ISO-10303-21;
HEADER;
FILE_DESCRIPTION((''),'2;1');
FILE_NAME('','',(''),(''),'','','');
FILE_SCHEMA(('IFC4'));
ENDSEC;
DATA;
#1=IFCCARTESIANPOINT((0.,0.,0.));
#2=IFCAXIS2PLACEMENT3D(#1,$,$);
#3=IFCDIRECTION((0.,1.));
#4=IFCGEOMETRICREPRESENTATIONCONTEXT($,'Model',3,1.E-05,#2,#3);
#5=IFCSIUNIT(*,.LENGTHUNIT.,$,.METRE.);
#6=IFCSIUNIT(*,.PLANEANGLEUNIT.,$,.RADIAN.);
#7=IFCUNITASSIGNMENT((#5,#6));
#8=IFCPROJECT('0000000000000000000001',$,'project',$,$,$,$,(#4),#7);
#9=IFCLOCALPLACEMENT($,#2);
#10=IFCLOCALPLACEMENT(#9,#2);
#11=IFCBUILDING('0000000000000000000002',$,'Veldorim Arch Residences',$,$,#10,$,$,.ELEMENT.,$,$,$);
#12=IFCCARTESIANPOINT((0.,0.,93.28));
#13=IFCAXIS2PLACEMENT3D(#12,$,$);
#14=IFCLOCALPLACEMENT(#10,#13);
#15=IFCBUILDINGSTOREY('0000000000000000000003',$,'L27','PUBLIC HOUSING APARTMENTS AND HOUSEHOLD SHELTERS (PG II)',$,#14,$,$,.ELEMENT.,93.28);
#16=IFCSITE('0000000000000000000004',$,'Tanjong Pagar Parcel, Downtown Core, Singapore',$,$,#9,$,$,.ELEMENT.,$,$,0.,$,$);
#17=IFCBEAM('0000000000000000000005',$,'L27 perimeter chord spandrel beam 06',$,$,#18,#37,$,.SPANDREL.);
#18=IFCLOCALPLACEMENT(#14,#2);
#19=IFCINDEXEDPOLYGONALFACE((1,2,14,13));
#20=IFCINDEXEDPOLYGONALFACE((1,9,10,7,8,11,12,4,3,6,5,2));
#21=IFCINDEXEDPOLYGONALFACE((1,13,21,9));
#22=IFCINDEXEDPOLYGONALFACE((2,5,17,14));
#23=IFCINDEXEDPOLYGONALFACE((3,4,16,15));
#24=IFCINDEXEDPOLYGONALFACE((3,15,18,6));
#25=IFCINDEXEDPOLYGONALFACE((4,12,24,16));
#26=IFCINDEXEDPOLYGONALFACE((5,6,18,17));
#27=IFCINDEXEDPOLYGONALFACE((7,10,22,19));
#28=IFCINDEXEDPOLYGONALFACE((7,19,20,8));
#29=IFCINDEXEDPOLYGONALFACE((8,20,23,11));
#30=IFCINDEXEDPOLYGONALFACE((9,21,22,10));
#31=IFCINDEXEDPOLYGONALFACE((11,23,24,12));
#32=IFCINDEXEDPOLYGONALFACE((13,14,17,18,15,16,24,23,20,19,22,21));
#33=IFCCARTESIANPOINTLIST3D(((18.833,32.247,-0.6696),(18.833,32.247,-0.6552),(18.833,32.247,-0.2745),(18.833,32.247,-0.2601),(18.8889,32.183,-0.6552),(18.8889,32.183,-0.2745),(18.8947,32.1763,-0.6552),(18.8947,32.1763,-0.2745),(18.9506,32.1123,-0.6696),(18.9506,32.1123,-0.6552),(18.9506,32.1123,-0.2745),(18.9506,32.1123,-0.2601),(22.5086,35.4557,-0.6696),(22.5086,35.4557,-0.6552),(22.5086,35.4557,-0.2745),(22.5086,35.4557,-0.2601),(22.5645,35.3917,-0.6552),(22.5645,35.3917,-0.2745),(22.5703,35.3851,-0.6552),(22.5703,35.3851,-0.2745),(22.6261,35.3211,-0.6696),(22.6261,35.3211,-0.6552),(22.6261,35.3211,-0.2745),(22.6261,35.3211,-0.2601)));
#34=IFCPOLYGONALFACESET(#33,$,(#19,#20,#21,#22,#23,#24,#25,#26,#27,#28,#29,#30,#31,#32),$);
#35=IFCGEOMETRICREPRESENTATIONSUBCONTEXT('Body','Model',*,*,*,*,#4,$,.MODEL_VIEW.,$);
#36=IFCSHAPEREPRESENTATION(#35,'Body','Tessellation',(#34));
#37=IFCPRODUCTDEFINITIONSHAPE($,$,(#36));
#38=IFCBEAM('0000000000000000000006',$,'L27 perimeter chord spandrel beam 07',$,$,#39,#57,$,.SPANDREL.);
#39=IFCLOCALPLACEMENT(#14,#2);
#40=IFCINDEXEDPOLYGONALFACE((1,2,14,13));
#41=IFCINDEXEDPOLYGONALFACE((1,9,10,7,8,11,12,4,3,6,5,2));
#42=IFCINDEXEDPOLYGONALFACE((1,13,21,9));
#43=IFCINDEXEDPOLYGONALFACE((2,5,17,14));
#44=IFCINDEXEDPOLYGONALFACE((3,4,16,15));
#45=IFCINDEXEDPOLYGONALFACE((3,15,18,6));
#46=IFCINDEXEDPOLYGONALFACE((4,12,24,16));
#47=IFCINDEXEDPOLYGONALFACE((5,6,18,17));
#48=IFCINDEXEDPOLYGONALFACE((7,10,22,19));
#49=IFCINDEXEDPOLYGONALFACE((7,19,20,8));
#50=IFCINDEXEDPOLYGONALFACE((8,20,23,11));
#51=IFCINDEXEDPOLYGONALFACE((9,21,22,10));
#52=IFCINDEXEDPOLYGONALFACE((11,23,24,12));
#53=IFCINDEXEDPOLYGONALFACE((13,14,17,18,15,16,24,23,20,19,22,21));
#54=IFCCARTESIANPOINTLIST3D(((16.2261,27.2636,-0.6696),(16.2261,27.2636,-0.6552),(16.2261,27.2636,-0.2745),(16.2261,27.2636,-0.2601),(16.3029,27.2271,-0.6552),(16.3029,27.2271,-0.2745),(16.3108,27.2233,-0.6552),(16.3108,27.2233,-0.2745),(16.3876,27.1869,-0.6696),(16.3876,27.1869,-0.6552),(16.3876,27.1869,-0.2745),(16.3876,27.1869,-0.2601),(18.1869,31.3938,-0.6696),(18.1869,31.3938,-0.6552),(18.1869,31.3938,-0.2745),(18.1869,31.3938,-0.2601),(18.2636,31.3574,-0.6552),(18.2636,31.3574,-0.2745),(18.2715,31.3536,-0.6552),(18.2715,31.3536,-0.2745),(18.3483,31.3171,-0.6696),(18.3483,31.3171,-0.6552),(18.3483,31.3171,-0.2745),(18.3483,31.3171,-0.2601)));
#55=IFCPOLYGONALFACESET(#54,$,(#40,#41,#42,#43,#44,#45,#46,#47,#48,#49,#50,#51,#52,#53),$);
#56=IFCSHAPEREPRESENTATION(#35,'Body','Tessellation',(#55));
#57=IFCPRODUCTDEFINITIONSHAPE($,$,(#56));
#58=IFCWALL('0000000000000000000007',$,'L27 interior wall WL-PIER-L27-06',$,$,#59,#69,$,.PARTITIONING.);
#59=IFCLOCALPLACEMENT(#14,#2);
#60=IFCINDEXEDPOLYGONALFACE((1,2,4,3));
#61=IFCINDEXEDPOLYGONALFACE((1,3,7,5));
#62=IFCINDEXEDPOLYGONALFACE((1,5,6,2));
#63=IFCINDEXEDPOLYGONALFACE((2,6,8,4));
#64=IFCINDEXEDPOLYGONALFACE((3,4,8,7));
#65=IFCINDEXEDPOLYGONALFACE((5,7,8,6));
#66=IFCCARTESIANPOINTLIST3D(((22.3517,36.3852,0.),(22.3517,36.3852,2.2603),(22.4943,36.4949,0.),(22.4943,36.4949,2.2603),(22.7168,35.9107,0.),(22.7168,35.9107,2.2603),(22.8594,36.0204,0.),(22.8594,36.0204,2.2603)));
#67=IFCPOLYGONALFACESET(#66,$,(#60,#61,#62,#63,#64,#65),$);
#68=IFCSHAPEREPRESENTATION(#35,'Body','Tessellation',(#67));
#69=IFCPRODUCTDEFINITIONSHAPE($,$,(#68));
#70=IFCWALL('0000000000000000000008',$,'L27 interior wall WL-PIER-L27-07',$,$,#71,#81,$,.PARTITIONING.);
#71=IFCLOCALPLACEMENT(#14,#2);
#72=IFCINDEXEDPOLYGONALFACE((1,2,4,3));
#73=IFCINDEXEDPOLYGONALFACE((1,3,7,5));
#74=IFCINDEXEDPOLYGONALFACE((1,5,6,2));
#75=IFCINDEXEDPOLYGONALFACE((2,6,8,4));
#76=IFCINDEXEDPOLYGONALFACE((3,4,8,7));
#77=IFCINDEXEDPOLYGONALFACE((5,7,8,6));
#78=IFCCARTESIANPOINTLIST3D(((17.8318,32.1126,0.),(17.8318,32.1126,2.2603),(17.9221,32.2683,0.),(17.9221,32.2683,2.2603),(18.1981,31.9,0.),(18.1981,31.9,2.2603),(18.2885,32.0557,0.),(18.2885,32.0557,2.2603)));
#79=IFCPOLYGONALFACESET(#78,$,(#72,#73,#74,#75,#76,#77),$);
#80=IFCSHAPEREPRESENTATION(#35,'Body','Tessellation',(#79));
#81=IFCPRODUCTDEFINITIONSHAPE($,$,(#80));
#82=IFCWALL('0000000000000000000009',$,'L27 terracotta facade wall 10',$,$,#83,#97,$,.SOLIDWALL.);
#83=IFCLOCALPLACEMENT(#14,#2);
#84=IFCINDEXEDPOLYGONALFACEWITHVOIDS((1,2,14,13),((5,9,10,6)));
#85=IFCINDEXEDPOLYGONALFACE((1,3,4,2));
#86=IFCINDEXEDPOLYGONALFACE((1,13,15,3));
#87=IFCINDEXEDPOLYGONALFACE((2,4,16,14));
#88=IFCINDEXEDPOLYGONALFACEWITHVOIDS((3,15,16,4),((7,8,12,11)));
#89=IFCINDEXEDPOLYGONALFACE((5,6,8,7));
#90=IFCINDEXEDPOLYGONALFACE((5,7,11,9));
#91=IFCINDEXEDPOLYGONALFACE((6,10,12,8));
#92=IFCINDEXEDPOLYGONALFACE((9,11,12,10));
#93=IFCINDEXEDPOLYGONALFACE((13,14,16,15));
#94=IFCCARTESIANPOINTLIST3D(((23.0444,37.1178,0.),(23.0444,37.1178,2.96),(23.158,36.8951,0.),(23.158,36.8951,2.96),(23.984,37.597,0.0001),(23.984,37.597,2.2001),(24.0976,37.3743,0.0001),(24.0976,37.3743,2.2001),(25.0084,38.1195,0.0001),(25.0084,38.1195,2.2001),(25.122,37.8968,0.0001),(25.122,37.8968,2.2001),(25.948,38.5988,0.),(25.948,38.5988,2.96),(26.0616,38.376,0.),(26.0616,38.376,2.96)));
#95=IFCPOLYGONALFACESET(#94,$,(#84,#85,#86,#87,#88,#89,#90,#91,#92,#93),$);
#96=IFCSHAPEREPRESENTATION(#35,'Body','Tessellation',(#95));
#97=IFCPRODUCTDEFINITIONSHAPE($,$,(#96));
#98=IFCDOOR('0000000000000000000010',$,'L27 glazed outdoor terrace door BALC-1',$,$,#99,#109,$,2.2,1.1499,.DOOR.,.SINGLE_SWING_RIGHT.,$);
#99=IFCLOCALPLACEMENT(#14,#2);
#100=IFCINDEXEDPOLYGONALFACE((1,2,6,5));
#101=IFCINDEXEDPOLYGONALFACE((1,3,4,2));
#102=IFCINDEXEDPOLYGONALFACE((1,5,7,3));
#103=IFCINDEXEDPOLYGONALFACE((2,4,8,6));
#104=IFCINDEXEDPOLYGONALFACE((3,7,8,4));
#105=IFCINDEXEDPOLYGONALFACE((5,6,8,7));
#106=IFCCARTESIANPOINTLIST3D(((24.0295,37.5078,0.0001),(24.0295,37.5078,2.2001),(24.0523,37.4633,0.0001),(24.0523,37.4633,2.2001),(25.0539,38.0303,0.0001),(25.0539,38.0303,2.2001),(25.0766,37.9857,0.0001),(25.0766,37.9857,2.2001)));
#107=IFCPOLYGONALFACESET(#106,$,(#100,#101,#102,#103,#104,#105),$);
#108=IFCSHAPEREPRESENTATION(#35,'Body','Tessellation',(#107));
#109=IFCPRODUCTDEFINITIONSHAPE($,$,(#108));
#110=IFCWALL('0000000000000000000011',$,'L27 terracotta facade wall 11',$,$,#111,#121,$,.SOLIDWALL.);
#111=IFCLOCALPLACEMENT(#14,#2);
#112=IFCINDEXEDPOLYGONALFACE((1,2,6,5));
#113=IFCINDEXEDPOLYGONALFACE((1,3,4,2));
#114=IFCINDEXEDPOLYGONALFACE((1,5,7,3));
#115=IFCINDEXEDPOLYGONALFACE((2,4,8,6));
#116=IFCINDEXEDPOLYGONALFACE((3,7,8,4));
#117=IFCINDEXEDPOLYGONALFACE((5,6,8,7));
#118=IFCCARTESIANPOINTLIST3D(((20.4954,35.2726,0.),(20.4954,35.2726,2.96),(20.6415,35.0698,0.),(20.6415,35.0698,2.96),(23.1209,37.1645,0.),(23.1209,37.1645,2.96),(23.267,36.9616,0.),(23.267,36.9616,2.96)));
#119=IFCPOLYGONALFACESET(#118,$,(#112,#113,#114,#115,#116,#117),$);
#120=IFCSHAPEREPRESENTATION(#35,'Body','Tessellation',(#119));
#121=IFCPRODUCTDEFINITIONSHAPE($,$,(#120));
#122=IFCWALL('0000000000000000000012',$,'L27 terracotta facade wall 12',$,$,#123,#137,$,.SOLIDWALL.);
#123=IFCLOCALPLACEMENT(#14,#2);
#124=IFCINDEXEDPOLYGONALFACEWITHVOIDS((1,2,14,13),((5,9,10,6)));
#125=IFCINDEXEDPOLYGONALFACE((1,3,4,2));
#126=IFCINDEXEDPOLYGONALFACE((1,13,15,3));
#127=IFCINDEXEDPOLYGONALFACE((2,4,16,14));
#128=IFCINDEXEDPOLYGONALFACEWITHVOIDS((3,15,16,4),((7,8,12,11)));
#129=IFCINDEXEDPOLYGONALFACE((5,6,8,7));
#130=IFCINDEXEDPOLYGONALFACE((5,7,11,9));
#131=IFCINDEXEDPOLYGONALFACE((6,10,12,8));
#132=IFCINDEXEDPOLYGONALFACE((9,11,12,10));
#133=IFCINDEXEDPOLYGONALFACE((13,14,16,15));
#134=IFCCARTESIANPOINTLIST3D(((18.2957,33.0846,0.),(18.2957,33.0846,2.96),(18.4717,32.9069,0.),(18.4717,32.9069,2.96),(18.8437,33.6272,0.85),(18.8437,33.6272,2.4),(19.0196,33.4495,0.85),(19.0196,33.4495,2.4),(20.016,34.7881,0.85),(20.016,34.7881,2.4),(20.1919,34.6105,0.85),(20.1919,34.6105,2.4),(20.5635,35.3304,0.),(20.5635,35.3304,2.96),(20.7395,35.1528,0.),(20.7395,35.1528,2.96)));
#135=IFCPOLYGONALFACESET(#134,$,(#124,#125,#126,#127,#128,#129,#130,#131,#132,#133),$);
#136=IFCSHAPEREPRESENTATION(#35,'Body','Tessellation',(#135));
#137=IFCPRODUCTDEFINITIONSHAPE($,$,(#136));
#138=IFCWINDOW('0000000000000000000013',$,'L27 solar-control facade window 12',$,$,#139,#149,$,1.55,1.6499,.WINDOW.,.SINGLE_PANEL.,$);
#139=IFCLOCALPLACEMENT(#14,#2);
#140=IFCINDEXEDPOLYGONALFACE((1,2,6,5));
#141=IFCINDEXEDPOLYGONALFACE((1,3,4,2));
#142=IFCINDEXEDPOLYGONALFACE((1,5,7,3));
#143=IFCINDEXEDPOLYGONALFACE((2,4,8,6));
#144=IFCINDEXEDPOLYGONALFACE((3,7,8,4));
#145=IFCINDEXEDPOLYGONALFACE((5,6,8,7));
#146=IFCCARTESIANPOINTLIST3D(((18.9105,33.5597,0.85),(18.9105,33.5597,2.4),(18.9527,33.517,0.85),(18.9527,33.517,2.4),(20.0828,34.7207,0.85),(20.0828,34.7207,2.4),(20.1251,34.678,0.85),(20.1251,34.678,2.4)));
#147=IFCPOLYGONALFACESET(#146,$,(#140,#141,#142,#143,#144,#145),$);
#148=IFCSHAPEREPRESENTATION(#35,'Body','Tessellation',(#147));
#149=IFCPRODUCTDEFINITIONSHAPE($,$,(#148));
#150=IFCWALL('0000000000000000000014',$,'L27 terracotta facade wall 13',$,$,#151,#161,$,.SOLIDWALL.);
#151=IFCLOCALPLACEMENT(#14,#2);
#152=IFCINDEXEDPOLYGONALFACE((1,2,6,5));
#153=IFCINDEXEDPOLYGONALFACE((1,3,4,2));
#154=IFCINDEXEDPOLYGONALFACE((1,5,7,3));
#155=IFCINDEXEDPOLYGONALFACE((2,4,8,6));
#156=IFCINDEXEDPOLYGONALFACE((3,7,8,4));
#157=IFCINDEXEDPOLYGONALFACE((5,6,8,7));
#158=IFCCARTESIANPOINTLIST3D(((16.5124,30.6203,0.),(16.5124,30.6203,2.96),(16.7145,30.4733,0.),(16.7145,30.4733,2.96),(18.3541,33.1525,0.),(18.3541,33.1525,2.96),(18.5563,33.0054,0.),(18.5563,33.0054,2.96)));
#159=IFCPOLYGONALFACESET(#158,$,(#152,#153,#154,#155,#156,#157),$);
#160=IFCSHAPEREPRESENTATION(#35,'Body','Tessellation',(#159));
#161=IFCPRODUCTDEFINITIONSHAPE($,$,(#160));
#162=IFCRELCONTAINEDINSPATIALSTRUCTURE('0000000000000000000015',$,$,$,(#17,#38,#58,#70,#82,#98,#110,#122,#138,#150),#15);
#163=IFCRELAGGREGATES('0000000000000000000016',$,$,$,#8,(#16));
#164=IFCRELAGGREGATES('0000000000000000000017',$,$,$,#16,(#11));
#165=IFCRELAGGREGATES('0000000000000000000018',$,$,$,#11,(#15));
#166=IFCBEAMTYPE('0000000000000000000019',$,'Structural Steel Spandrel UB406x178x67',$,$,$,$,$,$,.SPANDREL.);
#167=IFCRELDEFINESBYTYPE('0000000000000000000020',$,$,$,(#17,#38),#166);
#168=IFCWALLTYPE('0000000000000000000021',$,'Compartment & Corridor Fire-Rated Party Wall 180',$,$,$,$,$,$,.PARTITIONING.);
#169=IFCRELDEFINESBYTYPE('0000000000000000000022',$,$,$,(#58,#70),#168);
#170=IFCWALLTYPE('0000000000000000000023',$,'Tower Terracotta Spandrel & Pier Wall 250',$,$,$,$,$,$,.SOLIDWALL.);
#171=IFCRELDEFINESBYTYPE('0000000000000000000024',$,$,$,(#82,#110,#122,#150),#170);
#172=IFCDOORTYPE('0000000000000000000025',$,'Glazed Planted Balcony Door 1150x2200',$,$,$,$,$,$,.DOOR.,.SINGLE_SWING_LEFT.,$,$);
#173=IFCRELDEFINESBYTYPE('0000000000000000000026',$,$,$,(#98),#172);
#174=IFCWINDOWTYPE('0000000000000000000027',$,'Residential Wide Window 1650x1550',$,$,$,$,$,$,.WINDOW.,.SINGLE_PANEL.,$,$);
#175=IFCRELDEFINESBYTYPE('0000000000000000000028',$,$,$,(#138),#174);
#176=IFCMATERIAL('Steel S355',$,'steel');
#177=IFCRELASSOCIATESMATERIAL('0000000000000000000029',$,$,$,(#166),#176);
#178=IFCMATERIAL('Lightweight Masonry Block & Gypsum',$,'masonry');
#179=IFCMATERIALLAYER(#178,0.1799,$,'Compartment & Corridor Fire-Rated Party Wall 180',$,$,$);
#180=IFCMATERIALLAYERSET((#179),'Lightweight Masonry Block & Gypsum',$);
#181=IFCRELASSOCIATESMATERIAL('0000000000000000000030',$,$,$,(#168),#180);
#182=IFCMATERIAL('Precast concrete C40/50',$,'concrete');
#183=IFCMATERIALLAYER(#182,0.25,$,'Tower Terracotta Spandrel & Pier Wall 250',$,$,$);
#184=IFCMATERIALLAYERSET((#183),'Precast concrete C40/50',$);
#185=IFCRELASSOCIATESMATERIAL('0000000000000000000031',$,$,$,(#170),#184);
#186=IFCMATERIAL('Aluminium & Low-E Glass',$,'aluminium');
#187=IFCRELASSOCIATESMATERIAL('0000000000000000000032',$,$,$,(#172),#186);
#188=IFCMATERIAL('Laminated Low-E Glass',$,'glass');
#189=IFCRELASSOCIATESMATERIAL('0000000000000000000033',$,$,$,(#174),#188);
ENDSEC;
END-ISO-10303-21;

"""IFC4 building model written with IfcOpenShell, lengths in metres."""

from ifc_helpers import new_model, si_unit, direction, frame, frame_2d, origin, origin_2d, place, context, subcontext, project, spatial, rectangle, i_section, extrude, material, layer, layer_set, material_profile, profile_set, type_object, element, fill, save


model = new_model("IFC4")

# Units and contexts
model_context = context("Model", 3, precision=1e-05, world=origin(), true_north=direction((0.0, 1.0)))
body_context = subcontext(model_context, "Body", "Model", "MODEL_VIEW")
ifc_project = project(units=[si_unit("LENGTHUNIT", "METRE"), si_unit("PLANEANGLEUNIT", "RADIAN")], contexts=[model_context])

# Site, building, storey
site_placement = place(None, origin())
site = spatial("IfcSite", under=ifc_project, at=site_placement, Name="Tanjong Pagar Parcel, Downtown Core, Singapore", CompositionType="ELEMENT", RefElevation=0.0)
building_placement = place(site_placement, origin())
building = spatial("IfcBuilding", under=site, at=building_placement, Name="Veldorim Arch Residences", CompositionType="ELEMENT")
storey_placement = place(building_placement, frame((0.0, 0.0, 93.28)))
storey = spatial("IfcBuildingStorey", under=building, at=storey_placement, Name="L27", Description="PUBLIC HOUSING APARTMENTS AND HOUSEHOLD SHELTERS (PG II)", CompositionType="ELEMENT", Elevation=93.28)

# Beams
ifc_material_1 = material(Name="Steel S355", Category="steel")
ifc_material_profile_1 = material_profile(ifc_material_1, i_section(OverallWidth=0.1787, OverallDepth=0.4094, WebThickness=0.0088, FlangeThickness=0.0144, at=origin_2d()), Name="UB406x178x67")
ifc_profile_set_1 = profile_set([ifc_material_profile_1], Name="Steel S355")
beam_type_1 = type_object("IfcBeamType", Name="Structural Steel Spandrel UB406x178x67", PredefinedType="SPANDREL", material=ifc_profile_set_1)
beam_1_placement = place(storey_placement, frame((22.5674, 35.3884, -0.4648), z_axis=(-0.753323, -0.65765, 0.0), x_axis=(0.65765, -0.753323, 0.0)))
element("IfcBeam", 1, at=beam_1_placement, inside=storey, type_object=beam_type_1, Name="L27 perimeter chord spandrel beam 06", PredefinedType="SPANDREL", context=body_context, shape_type="SweptSolid", body=[
    extrude(i_section(OverallWidth=0.1787, OverallDepth=0.4094, WebThickness=0.0088, FlangeThickness=0.0144, at=origin_2d()), origin(), (0.0, 0.0, 1.0), 4.8792),
])
beam_2_placement = place(storey_placement, frame((18.2676, 31.3555, -0.4648), z_axis=(-0.428857, -0.903372, 0.0), x_axis=(0.903372, -0.428857, 0.0)))
element("IfcBeam", 2, at=beam_2_placement, inside=storey, type_object=beam_type_1, Name="L27 perimeter chord spandrel beam 07", PredefinedType="SPANDREL", context=body_context, shape_type="SweptSolid", body=[
    extrude(i_section(OverallWidth=0.1787, OverallDepth=0.4094, WebThickness=0.0088, FlangeThickness=0.0144, at=origin_2d()), origin(), (0.0, 0.0, 1.0), 4.572),
])

# Walls
ifc_material_2 = material(Name="Lightweight Masonry Block & Gypsum", Category="masonry")
ifc_layer_1 = layer(ifc_material_2, 0.1799, Name="Compartment & Corridor Fire-Rated Party Wall 180")
ifc_layer_set_1 = layer_set([ifc_layer_1], Name="Lightweight Masonry Block & Gypsum")
wall_type_1 = type_object("IfcWallType", Name="Compartment & Corridor Fire-Rated Party Wall 180", PredefinedType="PARTITIONING", material=ifc_layer_set_1)
wall_1_placement = place(storey_placement, frame((22.7881, 35.9656, 0.0), z_axis=(0.0, 0.0, 1.0), x_axis=(-0.609809, 0.792548, 0.0)))
element("IfcWall", 3, at=wall_1_placement, inside=storey, type_object=wall_type_1, Name="L27 interior wall WL-PIER-L27-06", PredefinedType="PARTITIONING", context=body_context, shape_type="SweptSolid", body=[
    extrude(rectangle(XDim=0.5986, YDim=0.1799, at=frame_2d((0.2993, 0.0))), origin(), (0.0, 0.0, 1.0), 2.2603),
])
wall_2_placement = place(storey_placement, frame((18.2434, 31.9778, 0.0), z_axis=(0.0, 0.0, 1.0), x_axis=(-0.864926, 0.501899, 0.0)))
element("IfcWall", 4, at=wall_2_placement, inside=storey, type_object=wall_type_1, Name="L27 interior wall WL-PIER-L27-07", PredefinedType="PARTITIONING", context=body_context, shape_type="SweptSolid", body=[
    extrude(rectangle(XDim=0.4236, YDim=0.1799, at=frame_2d((0.2119, 0.0))), origin(), (0.0, 0.0, 1.0), 2.2603),
])

# Wall, opening, door
ifc_material_3 = material(Name="Precast concrete C40/50", Category="concrete")
ifc_layer_2 = layer(ifc_material_3, 0.25, Name="Tower Terracotta Spandrel & Pier Wall 250")
ifc_layer_set_2 = layer_set([ifc_layer_2], Name="Precast concrete C40/50")
wall_type_2 = type_object("IfcWallType", Name="Tower Terracotta Spandrel & Pier Wall 250", PredefinedType="SOLIDWALL", material=ifc_layer_set_2)
wall_3_placement = place(storey_placement, frame((23.1011, 37.0063, 0.0), z_axis=(0.0, 0.0, 1.0), x_axis=(0.890818, 0.45436, 0.0)))
wall_3 = element("IfcWall", 5, at=wall_3_placement, inside=storey, type_object=wall_type_2, Name="L27 terracotta facade wall 10", PredefinedType="SOLIDWALL", context=body_context, shape_type="SweptSolid", body=[
    extrude(rectangle(XDim=3.2595, YDim=0.25, at=frame_2d((1.6299, 0.0))), origin(), (0.0, 0.0, 1.0), 2.96),
])
opening_1_placement = place(wall_3_placement, frame((1.0549, 0.0, 0.0)))
opening_1 = element("IfcOpeningElement", 6, at=opening_1_placement, cuts=wall_3, PredefinedType="OPENING", context=body_context, shape_type="SweptSolid", body=[
    extrude(rectangle(XDim=1.1499, YDim=2.2, at=frame_2d((0.575, 1.1001))), frame((0.0, 0.135, 0.0), z_axis=(0.0, -1.0, 0.0), x_axis=(1.0, 0.0, 0.0)), (0.0, 0.0, 1.0), 0.27),
])
ifc_material_4 = material(Name="Aluminium & Low-E Glass", Category="aluminium")
door_type_1 = type_object("IfcDoorType", Name="Glazed Planted Balcony Door 1150x2200", OperationType="SINGLE_SWING_LEFT", PredefinedType="DOOR", material=ifc_material_4)
door_1_placement = place(opening_1_placement, origin())
door_1 = element("IfcDoor", 7, at=door_1_placement, inside=storey, type_object=door_type_1, Name="L27 glazed outdoor terrace door BALC-1", OperationType="SINGLE_SWING_RIGHT", OverallHeight=2.2, OverallWidth=1.1499, PredefinedType="DOOR", context=body_context, shape_type="SweptSolid", body=[
    extrude(rectangle(XDim=1.1499, YDim=2.2, at=frame_2d((0.575, 1.1001))), frame((0.0, 0.0249, 0.0), z_axis=(0.0, -1.0, 0.0), x_axis=(1.0, 0.0, 0.0)), (0.0, 0.0, 1.0), 0.05),
])
fill(opening_1, door_1)

# Wall
wall_4_placement = place(storey_placement, frame((20.5684, 35.1711, 0.0), z_axis=(0.0, 0.0, 1.0), x_axis=(0.811315, 0.584609, 0.0)))
element("IfcWall", 8, at=wall_4_placement, inside=storey, type_object=wall_type_2, Name="L27 terracotta facade wall 11", PredefinedType="SOLIDWALL", context=body_context, shape_type="SweptSolid", body=[
    extrude(rectangle(XDim=3.2361, YDim=0.25, at=frame_2d((1.6182, 0.0))), origin(), (0.0, 0.0, 1.0), 2.96),
])

# Wall, opening, window
wall_5_placement = place(storey_placement, frame((18.3838, 32.9958, 0.0), z_axis=(0.0, 0.0, 1.0), x_axis=(0.710541, 0.703656, 0.0)))
wall_5 = element("IfcWall", 9, at=wall_5_placement, inside=storey, type_object=wall_type_2, Name="L27 terracotta facade wall 12", PredefinedType="SOLIDWALL", context=body_context, shape_type="SweptSolid", body=[
    extrude(rectangle(XDim=3.1917, YDim=0.25, at=frame_2d((1.5957, 0.0))), origin(), (0.0, 0.0, 1.0), 2.96),
])
opening_2_placement = place(wall_5_placement, frame((0.771, 0.0, 0.8501)))
opening_2 = element("IfcOpeningElement", 10, at=opening_2_placement, cuts=wall_5, PredefinedType="OPENING", context=body_context, shape_type="SweptSolid", body=[
    extrude(rectangle(XDim=1.6499, YDim=1.55, at=frame_2d((0.825, 0.7749))), frame((0.0, 0.135, 0.0), z_axis=(0.0, -1.0, 0.0), x_axis=(1.0, 0.0, 0.0)), (0.0, 0.0, 1.0), 0.27),
])
ifc_material_5 = material(Name="Laminated Low-E Glass", Category="glass")
window_type_1 = type_object("IfcWindowType", Name="Residential Wide Window 1650x1550", PartitioningType="SINGLE_PANEL", PredefinedType="WINDOW", material=ifc_material_5)
window_1_placement = place(opening_2_placement, origin())
window_1 = element("IfcWindow", 11, at=window_1_placement, inside=storey, type_object=window_type_1, Name="L27 solar-control facade window 12", OverallHeight=1.55, OverallWidth=1.6499, PartitioningType="SINGLE_PANEL", PredefinedType="WINDOW", context=body_context, shape_type="SweptSolid", body=[
    extrude(rectangle(XDim=1.6499, YDim=1.55, at=frame_2d((0.825, 0.7749))), frame((0.0, 0.03, 0.0), z_axis=(0.0, -1.0, 0.0), x_axis=(1.0, 0.0, 0.0)), (0.0, 0.0, 1.0), 0.0601),
])
fill(opening_2, window_1)

# Wall
wall_6_placement = place(storey_placement, frame((16.6135, 30.5469, 0.0), z_axis=(0.0, 0.0, 1.0), x_axis=(0.588209, 0.808709, 0.0)))
element("IfcWall", 12, at=wall_6_placement, inside=storey, type_object=wall_type_2, Name="L27 terracotta facade wall 13", PredefinedType="SOLIDWALL", context=body_context, shape_type="SweptSolid", body=[
    extrude(rectangle(XDim=3.1311, YDim=0.25, at=frame_2d((1.5654, 0.0))), origin(), (0.0, 0.0, 1.0), 2.96),
])

save(model, "model.ifc")
